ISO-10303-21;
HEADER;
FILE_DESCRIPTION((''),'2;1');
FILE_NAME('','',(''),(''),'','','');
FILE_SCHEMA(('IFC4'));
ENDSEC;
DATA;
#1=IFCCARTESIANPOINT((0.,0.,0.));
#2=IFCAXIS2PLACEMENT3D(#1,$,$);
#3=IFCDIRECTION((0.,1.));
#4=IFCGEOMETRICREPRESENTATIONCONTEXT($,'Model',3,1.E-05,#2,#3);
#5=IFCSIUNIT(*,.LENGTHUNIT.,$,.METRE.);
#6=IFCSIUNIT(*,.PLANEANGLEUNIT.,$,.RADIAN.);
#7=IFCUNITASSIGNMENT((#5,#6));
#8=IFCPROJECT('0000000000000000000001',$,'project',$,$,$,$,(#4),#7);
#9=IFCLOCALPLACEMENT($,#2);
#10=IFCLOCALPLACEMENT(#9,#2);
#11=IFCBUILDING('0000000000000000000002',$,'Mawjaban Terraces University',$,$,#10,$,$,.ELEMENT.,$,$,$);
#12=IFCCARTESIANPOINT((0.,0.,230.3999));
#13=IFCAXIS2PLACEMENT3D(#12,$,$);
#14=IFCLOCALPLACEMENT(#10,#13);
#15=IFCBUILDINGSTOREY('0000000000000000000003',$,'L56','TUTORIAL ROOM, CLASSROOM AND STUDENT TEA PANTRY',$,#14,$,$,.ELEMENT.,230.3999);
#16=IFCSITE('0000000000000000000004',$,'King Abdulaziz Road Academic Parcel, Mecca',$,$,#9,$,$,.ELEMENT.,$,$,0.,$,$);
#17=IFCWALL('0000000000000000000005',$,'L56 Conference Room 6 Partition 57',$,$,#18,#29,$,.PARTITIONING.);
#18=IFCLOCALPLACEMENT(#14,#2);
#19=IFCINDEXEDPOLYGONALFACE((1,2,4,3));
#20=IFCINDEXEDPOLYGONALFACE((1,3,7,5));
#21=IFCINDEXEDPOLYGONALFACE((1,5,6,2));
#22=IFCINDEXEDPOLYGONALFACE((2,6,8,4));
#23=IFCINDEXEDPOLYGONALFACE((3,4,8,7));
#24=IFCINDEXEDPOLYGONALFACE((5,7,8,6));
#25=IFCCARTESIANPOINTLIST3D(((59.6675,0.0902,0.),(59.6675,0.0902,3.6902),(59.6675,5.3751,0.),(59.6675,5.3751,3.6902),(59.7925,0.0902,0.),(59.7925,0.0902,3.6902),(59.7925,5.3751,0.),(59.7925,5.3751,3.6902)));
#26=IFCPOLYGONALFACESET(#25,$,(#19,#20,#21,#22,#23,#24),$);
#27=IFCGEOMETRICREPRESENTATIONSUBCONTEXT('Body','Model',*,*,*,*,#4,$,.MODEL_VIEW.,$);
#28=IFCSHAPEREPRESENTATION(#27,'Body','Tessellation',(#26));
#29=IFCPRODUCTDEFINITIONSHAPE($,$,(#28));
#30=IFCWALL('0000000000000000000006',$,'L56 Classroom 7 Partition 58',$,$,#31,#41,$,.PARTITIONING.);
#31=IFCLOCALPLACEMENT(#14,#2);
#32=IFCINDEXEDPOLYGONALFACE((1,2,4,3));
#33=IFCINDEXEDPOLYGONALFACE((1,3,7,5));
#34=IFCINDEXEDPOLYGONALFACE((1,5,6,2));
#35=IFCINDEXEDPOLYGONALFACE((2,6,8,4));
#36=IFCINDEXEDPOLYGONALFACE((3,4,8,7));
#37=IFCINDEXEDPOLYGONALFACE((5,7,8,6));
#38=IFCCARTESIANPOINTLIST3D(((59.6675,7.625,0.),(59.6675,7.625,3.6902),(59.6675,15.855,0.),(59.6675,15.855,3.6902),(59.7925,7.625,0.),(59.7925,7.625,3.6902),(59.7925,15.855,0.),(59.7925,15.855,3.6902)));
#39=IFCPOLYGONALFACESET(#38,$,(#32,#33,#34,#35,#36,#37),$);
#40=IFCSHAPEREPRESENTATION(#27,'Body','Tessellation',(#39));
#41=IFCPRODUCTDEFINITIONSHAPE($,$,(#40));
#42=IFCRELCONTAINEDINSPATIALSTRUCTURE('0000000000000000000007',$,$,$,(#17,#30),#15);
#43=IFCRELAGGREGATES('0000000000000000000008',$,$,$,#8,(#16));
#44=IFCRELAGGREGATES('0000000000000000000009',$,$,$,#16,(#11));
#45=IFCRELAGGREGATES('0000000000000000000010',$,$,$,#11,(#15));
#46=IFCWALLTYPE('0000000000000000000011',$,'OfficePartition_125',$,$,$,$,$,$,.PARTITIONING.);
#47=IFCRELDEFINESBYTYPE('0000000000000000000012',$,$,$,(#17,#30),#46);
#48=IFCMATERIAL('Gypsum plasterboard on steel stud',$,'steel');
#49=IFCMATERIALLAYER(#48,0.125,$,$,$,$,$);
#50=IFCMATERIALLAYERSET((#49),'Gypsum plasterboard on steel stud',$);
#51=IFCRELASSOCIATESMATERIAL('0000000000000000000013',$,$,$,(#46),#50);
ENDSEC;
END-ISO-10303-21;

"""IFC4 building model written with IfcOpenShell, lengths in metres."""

from ifc_helpers import new_model, si_unit, direction, frame, frame_2d, origin, place, context, subcontext, project, spatial, rectangle, extrude, material, layer, layer_set, type_object, element, save


model = new_model("IFC4")

# Units and contexts
model_context = context("Model", 3, precision=1e-05, world=origin(), true_north=direction((0.0, 1.0)))
body_context = subcontext(model_context, "Body", "Model", "MODEL_VIEW")
ifc_project = project(units=[si_unit("LENGTHUNIT", "METRE"), si_unit("PLANEANGLEUNIT", "RADIAN")], contexts=[model_context])

# Site, building, storey
site_placement = place(None, origin())
site = spatial("IfcSite", under=ifc_project, at=site_placement, Name="King Abdulaziz Road Academic Parcel, Mecca", CompositionType="ELEMENT", RefElevation=0.0)
building_placement = place(site_placement, origin())
building = spatial("IfcBuilding", under=site, at=building_placement, Name="Mawjaban Terraces University", CompositionType="ELEMENT")
storey_placement = place(building_placement, frame((0.0, 0.0, 230.3999)))
storey = spatial("IfcBuildingStorey", under=building, at=storey_placement, Name="L56", Description="TUTORIAL ROOM, CLASSROOM AND STUDENT TEA PANTRY", CompositionType="ELEMENT", Elevation=230.3999)

# Walls
ifc_material_1 = material(Name="Gypsum plasterboard on steel stud", Category="steel")
ifc_layer_1 = layer(ifc_material_1, 0.125)
ifc_layer_set_1 = layer_set([ifc_layer_1], Name="Gypsum plasterboard on steel stud")
wall_type_1 = type_object("IfcWallType", Name="OfficePartition_125", PredefinedType="PARTITIONING", material=ifc_layer_set_1)
wall_1_placement = place(storey_placement, frame((59.73, 0.0901, 0.0), z_axis=(0.0, 0.0, 1.0), x_axis=(0.0, 1.0, 0.0)))
element("IfcWall", 1, at=wall_1_placement, inside=storey, type_object=wall_type_1, Name="L56 Conference Room 6 Partition 57", PredefinedType="PARTITIONING", context=body_context, shape_type="SweptSolid", body=[
    extrude(rectangle(XDim=5.2849, YDim=0.125, at=frame_2d((2.6426, 0.0))), origin(), (0.0, 0.0, 1.0), 3.6902),
])
wall_2_placement = place(storey_placement, frame((59.73, 7.625, 0.0), z_axis=(0.0, 0.0, 1.0), x_axis=(0.0, 1.0, 0.0)))
element("IfcWall", 2, at=wall_2_placement, inside=storey, type_object=wall_type_1, Name="L56 Classroom 7 Partition 58", PredefinedType="PARTITIONING", context=body_context, shape_type="SweptSolid", body=[
    extrude(rectangle(XDim=8.23, YDim=0.125, at=frame_2d((4.115, 0.0))), origin(), (0.0, 0.0, 1.0), 3.6902),
])

save(model, "model.ifc")
